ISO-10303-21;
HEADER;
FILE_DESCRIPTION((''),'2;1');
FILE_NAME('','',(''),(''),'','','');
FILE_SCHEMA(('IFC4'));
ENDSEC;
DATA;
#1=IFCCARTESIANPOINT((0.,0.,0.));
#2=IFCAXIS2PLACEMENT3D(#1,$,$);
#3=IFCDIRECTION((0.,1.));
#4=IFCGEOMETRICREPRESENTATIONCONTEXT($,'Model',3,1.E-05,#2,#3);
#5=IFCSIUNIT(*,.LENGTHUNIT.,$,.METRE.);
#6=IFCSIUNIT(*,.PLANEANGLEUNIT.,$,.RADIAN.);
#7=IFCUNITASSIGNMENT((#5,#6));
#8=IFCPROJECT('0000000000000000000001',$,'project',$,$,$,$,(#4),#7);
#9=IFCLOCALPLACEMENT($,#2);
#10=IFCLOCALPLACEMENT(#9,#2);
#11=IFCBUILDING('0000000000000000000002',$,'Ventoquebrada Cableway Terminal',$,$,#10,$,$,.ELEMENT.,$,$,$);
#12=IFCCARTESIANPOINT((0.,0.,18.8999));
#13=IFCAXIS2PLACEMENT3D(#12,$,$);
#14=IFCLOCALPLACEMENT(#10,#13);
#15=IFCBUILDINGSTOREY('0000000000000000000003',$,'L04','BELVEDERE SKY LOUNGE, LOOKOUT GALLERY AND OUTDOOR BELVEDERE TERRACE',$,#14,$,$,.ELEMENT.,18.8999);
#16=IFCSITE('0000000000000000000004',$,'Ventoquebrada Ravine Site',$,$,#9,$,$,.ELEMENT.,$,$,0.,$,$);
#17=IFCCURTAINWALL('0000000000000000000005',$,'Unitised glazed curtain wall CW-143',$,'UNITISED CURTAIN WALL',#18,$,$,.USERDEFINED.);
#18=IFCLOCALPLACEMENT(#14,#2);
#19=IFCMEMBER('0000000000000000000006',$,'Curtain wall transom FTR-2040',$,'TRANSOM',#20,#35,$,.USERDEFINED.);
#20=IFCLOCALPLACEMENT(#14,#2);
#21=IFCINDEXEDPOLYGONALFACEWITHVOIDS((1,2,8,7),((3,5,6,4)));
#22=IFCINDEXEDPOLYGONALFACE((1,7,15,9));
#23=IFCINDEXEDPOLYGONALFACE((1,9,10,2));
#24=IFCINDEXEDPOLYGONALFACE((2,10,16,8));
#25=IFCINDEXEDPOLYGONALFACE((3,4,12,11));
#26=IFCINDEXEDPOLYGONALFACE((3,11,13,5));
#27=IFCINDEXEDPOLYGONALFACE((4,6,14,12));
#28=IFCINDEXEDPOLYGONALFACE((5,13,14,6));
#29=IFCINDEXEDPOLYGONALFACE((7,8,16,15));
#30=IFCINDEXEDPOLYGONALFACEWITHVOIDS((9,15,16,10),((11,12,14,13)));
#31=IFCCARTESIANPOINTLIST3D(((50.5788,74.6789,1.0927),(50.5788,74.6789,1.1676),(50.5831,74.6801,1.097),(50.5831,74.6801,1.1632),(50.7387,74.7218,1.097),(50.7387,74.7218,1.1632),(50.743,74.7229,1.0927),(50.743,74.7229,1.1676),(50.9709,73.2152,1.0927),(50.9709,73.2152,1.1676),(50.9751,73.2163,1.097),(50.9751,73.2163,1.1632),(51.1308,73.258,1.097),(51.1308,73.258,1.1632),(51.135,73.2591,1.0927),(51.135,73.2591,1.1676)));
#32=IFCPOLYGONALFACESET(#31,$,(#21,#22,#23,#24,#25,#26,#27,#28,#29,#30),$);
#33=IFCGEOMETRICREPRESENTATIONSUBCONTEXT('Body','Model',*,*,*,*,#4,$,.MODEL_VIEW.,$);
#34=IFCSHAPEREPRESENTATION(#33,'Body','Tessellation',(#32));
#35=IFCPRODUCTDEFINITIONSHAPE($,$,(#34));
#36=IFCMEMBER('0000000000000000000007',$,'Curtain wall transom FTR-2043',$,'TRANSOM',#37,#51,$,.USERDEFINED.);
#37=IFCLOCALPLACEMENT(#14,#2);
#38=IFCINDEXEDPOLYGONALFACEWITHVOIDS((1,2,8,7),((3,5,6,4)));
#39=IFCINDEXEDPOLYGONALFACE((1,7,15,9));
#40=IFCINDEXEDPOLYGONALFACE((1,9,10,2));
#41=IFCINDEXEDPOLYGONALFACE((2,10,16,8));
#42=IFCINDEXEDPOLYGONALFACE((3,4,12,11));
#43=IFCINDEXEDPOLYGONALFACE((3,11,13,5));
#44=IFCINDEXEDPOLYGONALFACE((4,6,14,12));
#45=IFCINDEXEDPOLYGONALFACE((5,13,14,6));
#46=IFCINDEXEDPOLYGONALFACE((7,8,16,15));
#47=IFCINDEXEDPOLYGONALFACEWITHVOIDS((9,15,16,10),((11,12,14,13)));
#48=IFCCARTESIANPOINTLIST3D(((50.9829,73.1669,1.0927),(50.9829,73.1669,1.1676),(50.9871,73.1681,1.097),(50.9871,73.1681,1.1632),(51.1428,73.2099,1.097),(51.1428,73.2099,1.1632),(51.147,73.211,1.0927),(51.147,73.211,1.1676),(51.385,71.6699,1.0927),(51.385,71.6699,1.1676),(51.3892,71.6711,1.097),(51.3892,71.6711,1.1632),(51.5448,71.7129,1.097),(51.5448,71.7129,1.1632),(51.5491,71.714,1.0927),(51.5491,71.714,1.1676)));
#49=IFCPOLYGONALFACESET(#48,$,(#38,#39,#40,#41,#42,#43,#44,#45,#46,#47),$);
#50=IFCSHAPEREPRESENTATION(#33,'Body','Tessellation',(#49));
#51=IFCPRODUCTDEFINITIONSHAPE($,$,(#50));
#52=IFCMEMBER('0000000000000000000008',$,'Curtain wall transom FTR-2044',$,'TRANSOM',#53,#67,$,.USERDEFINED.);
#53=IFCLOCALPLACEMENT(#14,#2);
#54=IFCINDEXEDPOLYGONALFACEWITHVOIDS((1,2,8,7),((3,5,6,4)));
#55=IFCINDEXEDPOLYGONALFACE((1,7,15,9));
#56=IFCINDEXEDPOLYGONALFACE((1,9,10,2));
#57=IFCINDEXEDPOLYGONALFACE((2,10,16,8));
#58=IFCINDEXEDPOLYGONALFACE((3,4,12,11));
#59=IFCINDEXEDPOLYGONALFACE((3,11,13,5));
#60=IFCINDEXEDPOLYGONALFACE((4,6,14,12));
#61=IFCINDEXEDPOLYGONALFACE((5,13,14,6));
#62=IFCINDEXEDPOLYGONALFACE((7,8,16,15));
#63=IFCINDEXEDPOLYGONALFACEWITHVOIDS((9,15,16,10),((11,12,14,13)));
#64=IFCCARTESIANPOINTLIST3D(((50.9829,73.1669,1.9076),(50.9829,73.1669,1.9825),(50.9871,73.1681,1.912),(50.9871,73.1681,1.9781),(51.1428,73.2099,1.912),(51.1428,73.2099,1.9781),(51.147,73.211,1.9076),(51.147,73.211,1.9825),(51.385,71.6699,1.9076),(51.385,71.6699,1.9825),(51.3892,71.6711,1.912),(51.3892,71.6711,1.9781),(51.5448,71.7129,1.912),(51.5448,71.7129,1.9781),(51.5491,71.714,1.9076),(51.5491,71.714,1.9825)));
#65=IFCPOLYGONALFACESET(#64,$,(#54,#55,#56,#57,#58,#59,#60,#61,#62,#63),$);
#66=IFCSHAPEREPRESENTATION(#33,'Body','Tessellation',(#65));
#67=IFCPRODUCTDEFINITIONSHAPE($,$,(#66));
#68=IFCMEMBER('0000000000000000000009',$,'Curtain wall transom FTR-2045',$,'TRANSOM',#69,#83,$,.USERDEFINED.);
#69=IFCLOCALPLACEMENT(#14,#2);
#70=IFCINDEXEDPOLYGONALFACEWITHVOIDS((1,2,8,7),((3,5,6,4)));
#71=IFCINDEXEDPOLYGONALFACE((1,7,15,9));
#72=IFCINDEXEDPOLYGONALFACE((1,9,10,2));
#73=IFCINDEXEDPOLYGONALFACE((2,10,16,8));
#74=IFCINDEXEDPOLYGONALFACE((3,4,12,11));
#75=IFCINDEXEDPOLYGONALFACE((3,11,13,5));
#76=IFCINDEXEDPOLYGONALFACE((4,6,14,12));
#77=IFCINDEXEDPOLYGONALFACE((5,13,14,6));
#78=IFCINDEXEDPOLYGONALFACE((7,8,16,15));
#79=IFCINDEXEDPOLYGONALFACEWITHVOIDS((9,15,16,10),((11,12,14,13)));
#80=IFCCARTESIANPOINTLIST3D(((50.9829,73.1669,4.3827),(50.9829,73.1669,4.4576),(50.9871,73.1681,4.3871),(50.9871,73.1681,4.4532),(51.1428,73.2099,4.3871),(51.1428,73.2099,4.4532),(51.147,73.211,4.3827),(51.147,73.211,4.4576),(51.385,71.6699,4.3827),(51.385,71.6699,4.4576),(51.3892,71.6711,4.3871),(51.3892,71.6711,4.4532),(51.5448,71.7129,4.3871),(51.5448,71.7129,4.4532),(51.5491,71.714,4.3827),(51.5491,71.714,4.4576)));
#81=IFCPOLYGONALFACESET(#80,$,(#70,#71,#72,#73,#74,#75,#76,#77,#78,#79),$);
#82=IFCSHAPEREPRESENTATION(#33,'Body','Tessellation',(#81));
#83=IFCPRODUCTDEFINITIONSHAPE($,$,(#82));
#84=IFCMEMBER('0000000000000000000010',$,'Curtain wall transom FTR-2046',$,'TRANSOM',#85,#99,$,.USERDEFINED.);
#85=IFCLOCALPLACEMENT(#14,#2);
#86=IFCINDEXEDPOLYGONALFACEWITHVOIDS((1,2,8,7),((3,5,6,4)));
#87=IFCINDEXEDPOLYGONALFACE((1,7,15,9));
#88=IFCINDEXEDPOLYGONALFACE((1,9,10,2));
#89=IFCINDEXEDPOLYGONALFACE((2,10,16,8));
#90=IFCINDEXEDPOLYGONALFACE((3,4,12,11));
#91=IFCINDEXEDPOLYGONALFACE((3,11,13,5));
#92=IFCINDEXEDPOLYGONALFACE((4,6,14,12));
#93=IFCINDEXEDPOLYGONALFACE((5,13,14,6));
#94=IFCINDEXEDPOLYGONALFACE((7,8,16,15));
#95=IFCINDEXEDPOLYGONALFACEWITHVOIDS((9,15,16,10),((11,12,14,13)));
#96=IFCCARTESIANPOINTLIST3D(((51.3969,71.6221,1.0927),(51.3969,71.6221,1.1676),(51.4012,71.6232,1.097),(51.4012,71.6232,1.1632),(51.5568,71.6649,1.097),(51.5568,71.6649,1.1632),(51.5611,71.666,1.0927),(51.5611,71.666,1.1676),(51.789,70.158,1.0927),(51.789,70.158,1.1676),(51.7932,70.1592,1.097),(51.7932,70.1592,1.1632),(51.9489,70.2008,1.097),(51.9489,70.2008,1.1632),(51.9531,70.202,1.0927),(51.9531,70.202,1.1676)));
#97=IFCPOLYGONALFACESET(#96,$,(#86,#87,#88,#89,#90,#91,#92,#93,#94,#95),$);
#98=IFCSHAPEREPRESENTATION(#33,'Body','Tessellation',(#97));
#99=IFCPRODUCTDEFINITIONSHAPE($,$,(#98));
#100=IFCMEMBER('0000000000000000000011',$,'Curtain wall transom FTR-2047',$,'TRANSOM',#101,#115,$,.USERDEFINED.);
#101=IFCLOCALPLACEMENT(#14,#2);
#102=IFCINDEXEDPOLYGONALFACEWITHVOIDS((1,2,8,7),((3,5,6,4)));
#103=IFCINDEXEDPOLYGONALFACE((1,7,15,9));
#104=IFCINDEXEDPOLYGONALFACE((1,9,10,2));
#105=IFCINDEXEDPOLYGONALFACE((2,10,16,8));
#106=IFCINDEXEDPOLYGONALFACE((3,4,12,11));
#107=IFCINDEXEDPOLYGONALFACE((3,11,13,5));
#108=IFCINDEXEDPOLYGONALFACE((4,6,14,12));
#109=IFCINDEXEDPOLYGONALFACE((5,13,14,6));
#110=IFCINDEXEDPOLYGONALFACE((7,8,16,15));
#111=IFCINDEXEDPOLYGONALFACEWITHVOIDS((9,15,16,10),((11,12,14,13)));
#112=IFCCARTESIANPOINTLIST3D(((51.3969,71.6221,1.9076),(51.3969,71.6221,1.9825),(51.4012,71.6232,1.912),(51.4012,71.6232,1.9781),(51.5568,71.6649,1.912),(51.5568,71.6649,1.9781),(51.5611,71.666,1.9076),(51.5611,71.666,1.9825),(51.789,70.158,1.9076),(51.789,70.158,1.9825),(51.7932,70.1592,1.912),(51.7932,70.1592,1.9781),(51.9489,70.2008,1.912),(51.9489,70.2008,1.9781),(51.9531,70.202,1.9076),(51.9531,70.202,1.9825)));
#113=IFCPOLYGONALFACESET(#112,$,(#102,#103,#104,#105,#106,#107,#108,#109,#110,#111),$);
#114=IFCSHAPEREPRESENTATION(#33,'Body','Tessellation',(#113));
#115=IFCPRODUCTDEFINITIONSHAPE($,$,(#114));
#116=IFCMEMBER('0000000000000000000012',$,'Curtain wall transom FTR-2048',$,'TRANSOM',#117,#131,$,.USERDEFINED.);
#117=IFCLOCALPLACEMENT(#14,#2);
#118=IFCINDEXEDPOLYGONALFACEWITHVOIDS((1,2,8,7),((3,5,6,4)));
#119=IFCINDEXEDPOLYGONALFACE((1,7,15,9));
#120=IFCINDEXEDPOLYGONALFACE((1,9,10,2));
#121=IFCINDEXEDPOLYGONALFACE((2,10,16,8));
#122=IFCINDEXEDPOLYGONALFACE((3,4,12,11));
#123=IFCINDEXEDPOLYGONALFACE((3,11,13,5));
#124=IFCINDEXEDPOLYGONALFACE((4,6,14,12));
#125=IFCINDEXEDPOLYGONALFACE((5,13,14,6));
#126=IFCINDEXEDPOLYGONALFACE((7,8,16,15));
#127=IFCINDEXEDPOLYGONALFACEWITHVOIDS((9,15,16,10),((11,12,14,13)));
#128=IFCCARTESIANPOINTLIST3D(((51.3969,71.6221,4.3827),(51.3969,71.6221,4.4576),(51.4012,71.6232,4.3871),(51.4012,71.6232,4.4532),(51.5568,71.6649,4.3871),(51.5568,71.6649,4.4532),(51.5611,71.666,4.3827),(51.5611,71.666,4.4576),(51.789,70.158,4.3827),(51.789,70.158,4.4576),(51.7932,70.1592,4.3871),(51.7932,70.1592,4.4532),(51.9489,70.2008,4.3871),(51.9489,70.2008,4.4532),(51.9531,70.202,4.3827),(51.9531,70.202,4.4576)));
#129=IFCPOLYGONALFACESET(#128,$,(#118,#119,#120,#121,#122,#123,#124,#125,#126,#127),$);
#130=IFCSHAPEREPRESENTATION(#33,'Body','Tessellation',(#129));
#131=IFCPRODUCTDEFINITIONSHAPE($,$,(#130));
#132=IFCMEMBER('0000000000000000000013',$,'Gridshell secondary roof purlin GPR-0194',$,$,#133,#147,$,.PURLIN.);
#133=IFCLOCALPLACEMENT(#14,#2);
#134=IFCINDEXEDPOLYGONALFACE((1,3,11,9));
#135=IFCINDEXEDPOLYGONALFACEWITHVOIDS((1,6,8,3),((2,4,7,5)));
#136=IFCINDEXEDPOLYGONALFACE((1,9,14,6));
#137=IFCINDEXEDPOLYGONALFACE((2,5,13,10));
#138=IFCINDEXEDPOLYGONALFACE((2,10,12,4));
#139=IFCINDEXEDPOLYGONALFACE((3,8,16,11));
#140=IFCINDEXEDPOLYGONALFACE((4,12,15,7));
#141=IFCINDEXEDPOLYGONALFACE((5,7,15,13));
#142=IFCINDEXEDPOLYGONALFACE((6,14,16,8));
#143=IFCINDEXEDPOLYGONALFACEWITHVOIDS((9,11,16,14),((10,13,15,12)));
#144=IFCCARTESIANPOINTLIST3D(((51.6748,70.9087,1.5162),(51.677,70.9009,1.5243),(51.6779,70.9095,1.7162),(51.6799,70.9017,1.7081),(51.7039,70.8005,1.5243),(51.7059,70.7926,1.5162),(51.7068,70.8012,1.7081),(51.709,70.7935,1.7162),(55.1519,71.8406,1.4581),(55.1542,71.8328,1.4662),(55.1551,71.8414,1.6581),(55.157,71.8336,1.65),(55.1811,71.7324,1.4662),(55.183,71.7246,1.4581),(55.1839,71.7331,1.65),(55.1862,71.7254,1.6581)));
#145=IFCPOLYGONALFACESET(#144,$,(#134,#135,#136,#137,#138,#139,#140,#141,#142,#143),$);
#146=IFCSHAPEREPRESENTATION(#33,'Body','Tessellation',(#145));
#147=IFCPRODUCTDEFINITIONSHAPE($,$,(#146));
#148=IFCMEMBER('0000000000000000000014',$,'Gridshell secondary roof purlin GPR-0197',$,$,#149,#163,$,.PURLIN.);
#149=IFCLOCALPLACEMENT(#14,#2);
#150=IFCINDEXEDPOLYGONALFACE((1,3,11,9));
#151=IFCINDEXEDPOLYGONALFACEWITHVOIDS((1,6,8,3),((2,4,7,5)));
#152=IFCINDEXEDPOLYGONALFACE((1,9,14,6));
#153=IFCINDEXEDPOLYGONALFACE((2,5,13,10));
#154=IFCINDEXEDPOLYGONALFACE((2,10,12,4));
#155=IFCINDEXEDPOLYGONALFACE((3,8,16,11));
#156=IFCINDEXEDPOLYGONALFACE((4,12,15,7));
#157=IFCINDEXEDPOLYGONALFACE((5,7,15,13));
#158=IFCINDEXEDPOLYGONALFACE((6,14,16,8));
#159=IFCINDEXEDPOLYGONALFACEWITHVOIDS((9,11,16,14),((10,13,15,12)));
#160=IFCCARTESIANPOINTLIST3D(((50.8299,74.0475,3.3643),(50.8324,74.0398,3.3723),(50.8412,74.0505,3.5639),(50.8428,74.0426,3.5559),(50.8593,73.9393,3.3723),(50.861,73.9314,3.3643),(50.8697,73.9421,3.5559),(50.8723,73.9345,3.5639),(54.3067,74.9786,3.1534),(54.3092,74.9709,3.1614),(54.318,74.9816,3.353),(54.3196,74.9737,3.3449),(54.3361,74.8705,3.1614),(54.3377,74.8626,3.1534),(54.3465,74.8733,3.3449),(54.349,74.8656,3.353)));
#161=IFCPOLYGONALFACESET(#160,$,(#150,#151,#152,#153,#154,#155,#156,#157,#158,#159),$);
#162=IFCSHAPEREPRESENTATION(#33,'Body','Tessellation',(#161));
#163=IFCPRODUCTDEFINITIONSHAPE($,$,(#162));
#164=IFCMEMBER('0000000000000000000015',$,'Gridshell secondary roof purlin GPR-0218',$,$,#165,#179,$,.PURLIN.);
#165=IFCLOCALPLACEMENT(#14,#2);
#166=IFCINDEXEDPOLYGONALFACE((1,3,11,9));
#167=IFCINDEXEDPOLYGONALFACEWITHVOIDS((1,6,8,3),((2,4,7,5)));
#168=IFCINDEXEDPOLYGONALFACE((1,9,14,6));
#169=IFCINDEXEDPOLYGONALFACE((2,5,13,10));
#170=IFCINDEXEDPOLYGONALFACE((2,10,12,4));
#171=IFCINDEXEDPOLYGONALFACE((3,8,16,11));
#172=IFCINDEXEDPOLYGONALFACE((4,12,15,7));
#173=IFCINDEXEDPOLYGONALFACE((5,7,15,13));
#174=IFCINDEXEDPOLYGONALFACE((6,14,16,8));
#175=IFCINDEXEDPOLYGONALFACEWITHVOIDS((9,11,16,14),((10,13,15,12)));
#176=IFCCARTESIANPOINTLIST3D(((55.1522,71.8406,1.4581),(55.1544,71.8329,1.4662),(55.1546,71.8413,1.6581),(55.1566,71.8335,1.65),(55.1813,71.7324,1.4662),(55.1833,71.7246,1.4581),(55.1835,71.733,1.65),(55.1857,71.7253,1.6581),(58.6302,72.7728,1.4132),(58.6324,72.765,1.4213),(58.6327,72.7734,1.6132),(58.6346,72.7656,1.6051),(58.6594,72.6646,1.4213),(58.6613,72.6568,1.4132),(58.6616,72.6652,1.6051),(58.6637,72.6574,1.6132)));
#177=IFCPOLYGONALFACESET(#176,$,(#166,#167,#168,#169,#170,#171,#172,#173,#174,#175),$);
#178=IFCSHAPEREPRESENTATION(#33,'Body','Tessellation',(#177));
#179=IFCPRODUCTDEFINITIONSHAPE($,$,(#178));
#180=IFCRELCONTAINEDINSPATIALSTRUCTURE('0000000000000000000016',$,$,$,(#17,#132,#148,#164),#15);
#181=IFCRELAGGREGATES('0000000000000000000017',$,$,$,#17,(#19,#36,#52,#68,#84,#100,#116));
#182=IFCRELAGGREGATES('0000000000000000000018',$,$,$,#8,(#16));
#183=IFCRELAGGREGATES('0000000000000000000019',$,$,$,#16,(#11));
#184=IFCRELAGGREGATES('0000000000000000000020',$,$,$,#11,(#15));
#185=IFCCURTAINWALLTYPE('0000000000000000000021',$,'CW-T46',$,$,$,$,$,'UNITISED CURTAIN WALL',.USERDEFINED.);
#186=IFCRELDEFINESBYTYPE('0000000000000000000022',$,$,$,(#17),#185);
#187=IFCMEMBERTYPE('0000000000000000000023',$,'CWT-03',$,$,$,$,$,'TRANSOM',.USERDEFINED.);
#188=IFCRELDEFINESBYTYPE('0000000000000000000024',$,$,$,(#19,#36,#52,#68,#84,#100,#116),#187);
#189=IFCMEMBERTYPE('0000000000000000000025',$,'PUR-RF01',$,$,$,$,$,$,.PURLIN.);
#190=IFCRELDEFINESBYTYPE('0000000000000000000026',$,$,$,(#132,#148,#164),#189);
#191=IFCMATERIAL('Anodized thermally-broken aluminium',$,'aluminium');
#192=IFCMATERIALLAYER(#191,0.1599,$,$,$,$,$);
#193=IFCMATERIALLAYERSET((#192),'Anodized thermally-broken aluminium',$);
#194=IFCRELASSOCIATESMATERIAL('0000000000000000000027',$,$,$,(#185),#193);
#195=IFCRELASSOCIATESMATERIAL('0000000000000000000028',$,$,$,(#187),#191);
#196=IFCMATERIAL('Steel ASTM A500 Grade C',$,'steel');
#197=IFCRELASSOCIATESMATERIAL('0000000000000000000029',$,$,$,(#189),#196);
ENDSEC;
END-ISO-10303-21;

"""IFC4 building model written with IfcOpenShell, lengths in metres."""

from ifc_helpers import new_model, si_unit, direction, frame, origin, origin_2d, place, context, subcontext, project, spatial, hollow_rectangle, extrude, material, layer, layer_set, material_profile, profile_set, type_object, element, aggregate, save


model = new_model("IFC4")

# Units and contexts
model_context = context("Model", 3, precision=1e-05, world=origin(), true_north=direction((0.0, 1.0)))
body_context = subcontext(model_context, "Body", "Model", "MODEL_VIEW")
ifc_project = project(units=[si_unit("LENGTHUNIT", "METRE"), si_unit("PLANEANGLEUNIT", "RADIAN")], contexts=[model_context])

# Site, building, storey
site_placement = place(None, origin())
site = spatial("IfcSite", under=ifc_project, at=site_placement, Name="Ventoquebrada Ravine Site", CompositionType="ELEMENT", RefElevation=0.0)
building_placement = place(site_placement, origin())
building = spatial("IfcBuilding", under=site, at=building_placement, Name="Ventoquebrada Cableway Terminal", CompositionType="ELEMENT")
storey_placement = place(building_placement, frame((0.0, 0.0, 18.8999)))
storey = spatial("IfcBuildingStorey", under=building, at=storey_placement, Name="L04", Description="BELVEDERE SKY LOUNGE, LOOKOUT GALLERY AND OUTDOOR BELVEDERE TERRACE", CompositionType="ELEMENT", Elevation=18.8999)

# Shared definitions
ifc_material_1 = material(Name="Steel ASTM A500 Grade C", Category="steel")

# Curtain wall, members
ifc_material_2 = material(Name="Anodized thermally-broken aluminium", Category="aluminium")
ifc_layer_1 = layer(ifc_material_2, 0.1599)
ifc_layer_set_1 = layer_set([ifc_layer_1], Name="Anodized thermally-broken aluminium")
curtain_wall_type = type_object("IfcCurtainWallType", Name="CW-T46", ElementType="UNITISED CURTAIN WALL", PredefinedType="USERDEFINED", material=ifc_layer_set_1)
curtain_wall_placement = place(storey_placement, origin())
curtain_wall = element("IfcCurtainWall", 1, at=curtain_wall_placement, inside=storey, type_object=curtain_wall_type, Name="Unitised glazed curtain wall CW-143", ObjectType="UNITISED CURTAIN WALL", PredefinedType="USERDEFINED")
ifc_material_profile_1 = material_profile(ifc_material_2, hollow_rectangle(XDim=0.075, YDim=0.1699, WallThickness=0.0044, at=origin_2d()), Name="CW-TRN-75X170")
ifc_profile_set_1 = profile_set([ifc_material_profile_1], Name="Anodized thermally-broken aluminium")
member_type_1 = type_object("IfcMemberType", Name="CWT-03", ElementType="TRANSOM", PredefinedType="USERDEFINED", material=ifc_profile_set_1)
member_1_placement = place(storey_placement, frame((50.6609, 74.7009, 1.1301), z_axis=(0.258725, -0.965951, 0.0), x_axis=(0.0, 0.0, 1.0)))
member_1 = element("IfcMember", 2, at=member_1_placement, type_object=member_type_1, Name="Curtain wall transom FTR-2040", ObjectType="TRANSOM", PredefinedType="USERDEFINED", context=body_context, shape_type="SweptSolid", body=[
    extrude(hollow_rectangle(XDim=0.075, YDim=0.1699, WallThickness=0.0044, at=origin_2d()), origin(), (0.0, 0.0, 1.0), 1.5154),
])
member_2_placement = place(storey_placement, frame((51.0649, 73.189, 1.1301), z_axis=(0.259397, -0.965771, 0.0), x_axis=(0.0, 0.0, 1.0)))
member_2 = element("IfcMember", 3, at=member_2_placement, type_object=member_type_1, Name="Curtain wall transom FTR-2043", ObjectType="TRANSOM", PredefinedType="USERDEFINED", context=body_context, shape_type="SweptSolid", body=[
    extrude(hollow_rectangle(XDim=0.075, YDim=0.1699, WallThickness=0.0044, at=origin_2d()), origin(), (0.0, 0.0, 1.0), 1.55),
])
member_3_placement = place(storey_placement, frame((51.0649, 73.189, 1.9451), z_axis=(0.259397, -0.965771, 0.0), x_axis=(0.0, 0.0, 1.0)))
member_3 = element("IfcMember", 4, at=member_3_placement, type_object=member_type_1, Name="Curtain wall transom FTR-2044", ObjectType="TRANSOM", PredefinedType="USERDEFINED", context=body_context, shape_type="SweptSolid", body=[
    extrude(hollow_rectangle(XDim=0.075, YDim=0.1699, WallThickness=0.0044, at=origin_2d()), origin(), (0.0, 0.0, 1.0), 1.55),
])
member_4_placement = place(storey_placement, frame((51.0649, 73.189, 4.4202), z_axis=(0.259397, -0.965771, 0.0), x_axis=(0.0, 0.0, 1.0)))
member_4 = element("IfcMember", 5, at=member_4_placement, type_object=member_type_1, Name="Curtain wall transom FTR-2045", ObjectType="TRANSOM", PredefinedType="USERDEFINED", context=body_context, shape_type="SweptSolid", body=[
    extrude(hollow_rectangle(XDim=0.075, YDim=0.1699, WallThickness=0.0044, at=origin_2d()), origin(), (0.0, 0.0, 1.0), 1.55),
])
member_5_placement = place(storey_placement, frame((51.479, 71.644, 1.1301), z_axis=(0.258685, -0.965962, 0.0), x_axis=(0.0, 0.0, 1.0)))
member_5 = element("IfcMember", 6, at=member_5_placement, type_object=member_type_1, Name="Curtain wall transom FTR-2046", ObjectType="TRANSOM", PredefinedType="USERDEFINED", context=body_context, shape_type="SweptSolid", body=[
    extrude(hollow_rectangle(XDim=0.075, YDim=0.1699, WallThickness=0.0044, at=origin_2d()), origin(), (0.0, 0.0, 1.0), 1.5156),
])
member_6_placement = place(storey_placement, frame((51.479, 71.644, 1.9451), z_axis=(0.258685, -0.965962, 0.0), x_axis=(0.0, 0.0, 1.0)))
member_6 = element("IfcMember", 7, at=member_6_placement, type_object=member_type_1, Name="Curtain wall transom FTR-2047", ObjectType="TRANSOM", PredefinedType="USERDEFINED", context=body_context, shape_type="SweptSolid", body=[
    extrude(hollow_rectangle(XDim=0.075, YDim=0.1699, WallThickness=0.0044, at=origin_2d()), origin(), (0.0, 0.0, 1.0), 1.5156),
])
member_7_placement = place(storey_placement, frame((51.479, 71.644, 4.4202), z_axis=(0.258685, -0.965962, 0.0), x_axis=(0.0, 0.0, 1.0)))
member_7 = element("IfcMember", 8, at=member_7_placement, type_object=member_type_1, Name="Curtain wall transom FTR-2048", ObjectType="TRANSOM", PredefinedType="USERDEFINED", context=body_context, shape_type="SweptSolid", body=[
    extrude(hollow_rectangle(XDim=0.075, YDim=0.1699, WallThickness=0.0044, at=origin_2d()), origin(), (0.0, 0.0, 1.0), 1.5156),
])

# Members
ifc_material_profile_2 = material_profile(ifc_material_1, hollow_rectangle(XDim=0.1201, YDim=0.2, WallThickness=0.0081, at=origin_2d()), Name="RHS200X120X8")
ifc_profile_set_2 = profile_set([ifc_material_profile_2], Name="Steel ASTM A500 Grade C")
member_type_2 = type_object("IfcMemberType", Name="PUR-RF01", PredefinedType="PURLIN", material=ifc_profile_set_2)
member_8_placement = place(storey_placement, frame((51.6919, 70.8511, 1.6162), z_axis=(0.965785, 0.25884, -0.016139), x_axis=(-0.258874, 0.965911, 0.0)))
element("IfcMember", 9, at=member_8_placement, inside=storey, type_object=member_type_2, Name="Gridshell secondary roof purlin GPR-0194", PredefinedType="PURLIN", context=body_context, shape_type="SweptSolid", body=[
    extrude(hollow_rectangle(XDim=0.1201, YDim=0.2, WallThickness=0.0081, at=origin_2d()), origin(), (0.0, 0.0, 1.0), 3.6003),
])
member_9_placement = place(storey_placement, frame((50.8511, 73.991, 3.4641), z_axis=(0.964303, 0.258258, -0.058504), x_axis=(-0.258701, 0.965957, 0.0)))
element("IfcMember", 10, at=member_9_placement, inside=storey, type_object=member_type_2, Name="Gridshell secondary roof purlin GPR-0197", PredefinedType="PURLIN", context=body_context, shape_type="SweptSolid", body=[
    extrude(hollow_rectangle(XDim=0.1201, YDim=0.2, WallThickness=0.0081, at=origin_2d()), origin(), (0.0, 0.0, 1.0), 3.6055),
])
member_10_placement = place(storey_placement, frame((55.1689, 71.783, 1.5581), z_axis=(0.965837, 0.258849, -0.012475), x_axis=(-0.258869, 0.965912, 0.0)))
element("IfcMember", 11, at=member_10_placement, inside=storey, type_object=member_type_2, Name="Gridshell secondary roof purlin GPR-0218", PredefinedType="PURLIN", context=body_context, shape_type="SweptSolid", body=[
    extrude(hollow_rectangle(XDim=0.1201, YDim=0.2, WallThickness=0.0081, at=origin_2d()), origin(), (0.0, 0.0, 1.0), 3.6011),
])

aggregate(curtain_wall, [member_1, member_2, member_3, member_4, member_5, member_6, member_7])

save(model, "model.ifc")
